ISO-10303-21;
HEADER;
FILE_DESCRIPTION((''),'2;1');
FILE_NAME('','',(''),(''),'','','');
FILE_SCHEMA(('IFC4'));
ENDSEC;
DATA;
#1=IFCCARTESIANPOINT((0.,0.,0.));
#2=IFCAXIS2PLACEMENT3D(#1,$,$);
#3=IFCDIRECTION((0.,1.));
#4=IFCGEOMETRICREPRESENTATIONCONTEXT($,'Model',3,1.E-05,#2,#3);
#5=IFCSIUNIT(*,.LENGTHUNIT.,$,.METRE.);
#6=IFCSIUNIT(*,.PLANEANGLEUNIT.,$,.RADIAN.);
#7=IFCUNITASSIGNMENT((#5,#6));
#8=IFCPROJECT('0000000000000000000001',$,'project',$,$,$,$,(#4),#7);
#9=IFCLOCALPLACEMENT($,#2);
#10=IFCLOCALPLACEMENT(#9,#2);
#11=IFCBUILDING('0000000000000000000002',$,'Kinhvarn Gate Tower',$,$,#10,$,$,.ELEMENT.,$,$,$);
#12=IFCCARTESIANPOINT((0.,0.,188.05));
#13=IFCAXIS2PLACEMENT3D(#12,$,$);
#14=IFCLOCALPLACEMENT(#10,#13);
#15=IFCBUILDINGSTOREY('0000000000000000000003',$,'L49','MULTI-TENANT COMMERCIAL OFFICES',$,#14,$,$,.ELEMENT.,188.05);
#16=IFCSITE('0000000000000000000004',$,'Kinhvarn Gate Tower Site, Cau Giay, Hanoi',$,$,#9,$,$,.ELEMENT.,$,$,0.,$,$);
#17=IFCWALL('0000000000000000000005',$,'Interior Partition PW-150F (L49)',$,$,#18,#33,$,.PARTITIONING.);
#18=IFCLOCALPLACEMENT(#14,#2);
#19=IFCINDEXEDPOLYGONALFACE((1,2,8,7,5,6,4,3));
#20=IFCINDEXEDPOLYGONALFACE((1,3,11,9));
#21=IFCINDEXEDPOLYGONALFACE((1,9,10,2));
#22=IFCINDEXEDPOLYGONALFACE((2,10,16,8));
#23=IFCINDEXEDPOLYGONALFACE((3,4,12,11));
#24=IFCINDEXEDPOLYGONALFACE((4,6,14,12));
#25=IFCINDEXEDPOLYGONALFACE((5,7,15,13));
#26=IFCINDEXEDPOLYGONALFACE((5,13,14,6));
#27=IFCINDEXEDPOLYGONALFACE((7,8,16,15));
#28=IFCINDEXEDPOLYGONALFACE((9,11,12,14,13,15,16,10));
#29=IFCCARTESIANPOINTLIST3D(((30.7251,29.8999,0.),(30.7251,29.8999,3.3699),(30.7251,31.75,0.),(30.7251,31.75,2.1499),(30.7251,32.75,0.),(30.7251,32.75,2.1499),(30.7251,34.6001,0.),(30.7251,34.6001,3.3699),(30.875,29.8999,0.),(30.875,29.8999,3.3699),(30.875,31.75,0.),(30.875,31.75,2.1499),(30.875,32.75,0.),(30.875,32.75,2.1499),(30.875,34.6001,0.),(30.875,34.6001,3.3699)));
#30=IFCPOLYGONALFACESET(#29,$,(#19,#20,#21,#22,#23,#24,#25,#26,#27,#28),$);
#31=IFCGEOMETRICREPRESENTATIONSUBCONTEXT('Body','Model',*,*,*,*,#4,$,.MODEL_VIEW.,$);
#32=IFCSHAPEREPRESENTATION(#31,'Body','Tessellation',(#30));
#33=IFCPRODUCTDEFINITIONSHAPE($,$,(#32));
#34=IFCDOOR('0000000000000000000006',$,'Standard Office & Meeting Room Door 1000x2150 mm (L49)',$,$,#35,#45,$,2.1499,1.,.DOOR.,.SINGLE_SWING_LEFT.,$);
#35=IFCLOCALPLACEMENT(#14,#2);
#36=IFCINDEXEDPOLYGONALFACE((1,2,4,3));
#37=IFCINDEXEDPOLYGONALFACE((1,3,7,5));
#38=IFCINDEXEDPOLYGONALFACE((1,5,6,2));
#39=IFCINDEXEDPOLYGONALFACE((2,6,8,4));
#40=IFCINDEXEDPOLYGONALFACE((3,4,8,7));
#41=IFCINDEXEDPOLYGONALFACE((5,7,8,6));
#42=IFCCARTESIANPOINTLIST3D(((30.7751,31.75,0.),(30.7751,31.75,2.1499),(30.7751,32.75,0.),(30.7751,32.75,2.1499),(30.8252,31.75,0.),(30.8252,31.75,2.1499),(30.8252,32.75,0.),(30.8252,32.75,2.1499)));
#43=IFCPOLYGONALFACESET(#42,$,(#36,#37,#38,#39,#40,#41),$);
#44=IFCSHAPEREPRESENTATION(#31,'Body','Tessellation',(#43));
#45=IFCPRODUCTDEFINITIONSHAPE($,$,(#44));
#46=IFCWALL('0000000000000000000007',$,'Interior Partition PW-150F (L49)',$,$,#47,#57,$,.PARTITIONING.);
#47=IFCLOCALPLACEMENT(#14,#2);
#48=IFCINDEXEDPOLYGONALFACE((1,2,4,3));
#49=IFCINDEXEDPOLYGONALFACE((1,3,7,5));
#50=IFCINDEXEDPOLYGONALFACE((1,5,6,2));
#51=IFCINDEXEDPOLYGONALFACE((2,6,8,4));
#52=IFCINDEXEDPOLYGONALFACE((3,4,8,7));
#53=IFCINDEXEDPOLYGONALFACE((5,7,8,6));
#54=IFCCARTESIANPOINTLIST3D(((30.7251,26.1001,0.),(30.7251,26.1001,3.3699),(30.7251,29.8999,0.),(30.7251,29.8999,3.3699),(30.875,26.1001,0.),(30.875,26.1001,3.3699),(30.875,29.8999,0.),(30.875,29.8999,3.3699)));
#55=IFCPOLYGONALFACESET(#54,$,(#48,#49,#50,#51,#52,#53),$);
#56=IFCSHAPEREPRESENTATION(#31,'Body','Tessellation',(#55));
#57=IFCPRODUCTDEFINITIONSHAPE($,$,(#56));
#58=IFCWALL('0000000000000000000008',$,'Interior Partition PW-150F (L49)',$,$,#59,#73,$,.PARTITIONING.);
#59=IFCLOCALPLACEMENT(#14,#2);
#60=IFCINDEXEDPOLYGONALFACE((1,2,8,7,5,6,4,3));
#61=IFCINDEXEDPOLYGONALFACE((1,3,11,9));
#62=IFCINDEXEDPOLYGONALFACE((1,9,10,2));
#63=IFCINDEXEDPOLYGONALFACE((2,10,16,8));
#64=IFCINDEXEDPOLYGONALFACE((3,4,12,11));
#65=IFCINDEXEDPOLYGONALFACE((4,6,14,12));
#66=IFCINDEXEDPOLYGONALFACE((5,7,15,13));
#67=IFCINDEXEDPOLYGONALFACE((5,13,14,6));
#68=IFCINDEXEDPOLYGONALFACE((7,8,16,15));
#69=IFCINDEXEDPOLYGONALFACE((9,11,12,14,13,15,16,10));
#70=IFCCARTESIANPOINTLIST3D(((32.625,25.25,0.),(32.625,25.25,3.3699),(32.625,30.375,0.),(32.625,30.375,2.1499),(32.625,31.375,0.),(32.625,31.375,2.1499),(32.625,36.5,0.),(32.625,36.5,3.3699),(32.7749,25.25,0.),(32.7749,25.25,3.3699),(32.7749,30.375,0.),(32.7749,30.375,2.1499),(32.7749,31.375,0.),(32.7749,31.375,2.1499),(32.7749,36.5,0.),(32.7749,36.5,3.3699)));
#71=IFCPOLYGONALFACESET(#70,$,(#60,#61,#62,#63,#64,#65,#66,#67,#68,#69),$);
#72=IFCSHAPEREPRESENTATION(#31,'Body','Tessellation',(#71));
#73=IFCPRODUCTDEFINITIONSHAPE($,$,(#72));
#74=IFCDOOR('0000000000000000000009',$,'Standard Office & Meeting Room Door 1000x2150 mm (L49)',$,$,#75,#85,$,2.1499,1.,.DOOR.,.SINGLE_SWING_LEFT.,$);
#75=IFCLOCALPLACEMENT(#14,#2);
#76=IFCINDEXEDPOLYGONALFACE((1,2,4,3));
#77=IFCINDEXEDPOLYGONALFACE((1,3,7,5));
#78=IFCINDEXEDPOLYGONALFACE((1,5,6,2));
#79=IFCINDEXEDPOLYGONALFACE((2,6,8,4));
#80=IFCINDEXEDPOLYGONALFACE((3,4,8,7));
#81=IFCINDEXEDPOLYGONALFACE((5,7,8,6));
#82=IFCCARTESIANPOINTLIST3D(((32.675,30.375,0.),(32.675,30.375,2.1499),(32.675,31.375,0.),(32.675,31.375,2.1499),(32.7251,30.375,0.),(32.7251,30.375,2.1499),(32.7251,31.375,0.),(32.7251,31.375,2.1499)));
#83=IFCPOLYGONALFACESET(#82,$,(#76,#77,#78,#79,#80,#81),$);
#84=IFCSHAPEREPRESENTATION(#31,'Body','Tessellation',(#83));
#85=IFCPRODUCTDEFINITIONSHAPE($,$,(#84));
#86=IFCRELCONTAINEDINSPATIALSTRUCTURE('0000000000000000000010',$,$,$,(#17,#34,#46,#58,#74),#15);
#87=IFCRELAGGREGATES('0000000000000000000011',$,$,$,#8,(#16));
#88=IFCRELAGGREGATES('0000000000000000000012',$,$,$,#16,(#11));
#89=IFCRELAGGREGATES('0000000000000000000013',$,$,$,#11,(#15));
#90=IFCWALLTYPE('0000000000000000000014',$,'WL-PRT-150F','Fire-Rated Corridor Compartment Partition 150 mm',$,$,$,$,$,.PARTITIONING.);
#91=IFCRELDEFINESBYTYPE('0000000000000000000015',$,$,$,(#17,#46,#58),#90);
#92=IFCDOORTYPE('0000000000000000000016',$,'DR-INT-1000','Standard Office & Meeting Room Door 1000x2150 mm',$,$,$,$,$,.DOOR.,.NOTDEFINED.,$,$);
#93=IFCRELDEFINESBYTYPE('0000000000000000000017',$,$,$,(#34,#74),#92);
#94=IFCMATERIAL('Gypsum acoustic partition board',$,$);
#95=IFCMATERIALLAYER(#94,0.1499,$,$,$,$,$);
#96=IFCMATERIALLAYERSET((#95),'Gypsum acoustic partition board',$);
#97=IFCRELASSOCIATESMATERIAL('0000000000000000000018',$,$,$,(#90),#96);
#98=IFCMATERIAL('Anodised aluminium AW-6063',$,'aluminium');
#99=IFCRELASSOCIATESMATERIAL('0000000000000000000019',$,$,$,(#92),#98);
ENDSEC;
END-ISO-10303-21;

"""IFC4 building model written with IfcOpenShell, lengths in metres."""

from ifc_helpers import new_model, si_unit, direction, frame, frame_2d, origin, place, context, subcontext, project, spatial, rectangle, extrude, material, layer, layer_set, type_object, element, fill, save


model = new_model("IFC4")

# Units and contexts
model_context = context("Model", 3, precision=1e-05, world=origin(), true_north=direction((0.0, 1.0)))
body_context = subcontext(model_context, "Body", "Model", "MODEL_VIEW")
ifc_project = project(units=[si_unit("LENGTHUNIT", "METRE"), si_unit("PLANEANGLEUNIT", "RADIAN")], contexts=[model_context])

# Site, building, storey
site_placement = place(None, origin())
site = spatial("IfcSite", under=ifc_project, at=site_placement, Name="Kinhvarn Gate Tower Site, Cau Giay, Hanoi", CompositionType="ELEMENT", RefElevation=0.0)
building_placement = place(site_placement, origin())
building = spatial("IfcBuilding", under=site, at=building_placement, Name="Kinhvarn Gate Tower", CompositionType="ELEMENT")
storey_placement = place(building_placement, frame((0.0, 0.0, 188.05)))
storey = spatial("IfcBuildingStorey", under=building, at=storey_placement, Name="L49", Description="MULTI-TENANT COMMERCIAL OFFICES", CompositionType="ELEMENT", Elevation=188.05)

# Shared definitions
ifc_material_1 = material(Name="Gypsum acoustic partition board")

# Wall, opening, door
ifc_layer_1 = layer(ifc_material_1, 0.1499)
ifc_layer_set_1 = layer_set([ifc_layer_1], Name="Gypsum acoustic partition board")
wall_type_1 = type_object("IfcWallType", Name="WL-PRT-150F", Description="Fire-Rated Corridor Compartment Partition 150 mm", PredefinedType="PARTITIONING", material=ifc_layer_set_1)
wall_1_placement = place(storey_placement, frame((30.8, 29.8999, 0.0), z_axis=(0.0, 0.0, 1.0), x_axis=(0.0, 1.0, 0.0)))
wall_1 = element("IfcWall", 1, at=wall_1_placement, inside=storey, type_object=wall_type_1, Name="Interior Partition PW-150F (L49)", PredefinedType="PARTITIONING", context=body_context, shape_type="SweptSolid", body=[
    extrude(rectangle(XDim=4.7002, YDim=0.1499, at=frame_2d((2.3501, 0.0))), origin(), (0.0, 0.0, 1.0), 3.3699),
])
opening_1_placement = place(wall_1_placement, frame((1.8501, 0.0, 0.0)))
opening_1 = element("IfcOpeningElement", 2, at=opening_1_placement, cuts=wall_1, PredefinedType="OPENING", context=body_context, shape_type="SweptSolid", body=[
    extrude(rectangle(XDim=1.0, YDim=2.1499, at=frame_2d((0.5, 1.075))), frame((0.0, 0.085, 0.0), z_axis=(0.0, -1.0, 0.0), x_axis=(1.0, 0.0, 0.0)), (0.0, 0.0, 1.0), 0.1699),
])
ifc_material_2 = material(Name="Anodised aluminium AW-6063", Category="aluminium")
door_type = type_object("IfcDoorType", Name="DR-INT-1000", Description="Standard Office & Meeting Room Door 1000x2150 mm", OperationType="NOTDEFINED", PredefinedType="DOOR", material=ifc_material_2)
door_1_placement = place(opening_1_placement, origin())
door_1 = element("IfcDoor", 3, at=door_1_placement, inside=storey, type_object=door_type, Name="Standard Office & Meeting Room Door 1000x2150 mm (L49)", OperationType="SINGLE_SWING_LEFT", OverallHeight=2.1499, OverallWidth=1.0, PredefinedType="DOOR", context=body_context, shape_type="SweptSolid", body=[
    extrude(rectangle(XDim=1.0, YDim=2.1499, at=frame_2d((0.5, 1.075))), frame((0.0, 0.0249, 0.0), z_axis=(0.0, -1.0, 0.0), x_axis=(1.0, 0.0, 0.0)), (0.0, 0.0, 1.0), 0.05),
])
fill(opening_1, door_1)

# Wall
wall_2_placement = place(storey_placement, frame((30.8, 26.1001, 0.0), z_axis=(0.0, 0.0, 1.0), x_axis=(0.0, 1.0, 0.0)))
element("IfcWall", 4, at=wall_2_placement, inside=storey, type_object=wall_type_1, Name="Interior Partition PW-150F (L49)", PredefinedType="PARTITIONING", context=body_context, shape_type="SweptSolid", body=[
    extrude(rectangle(XDim=3.7998, YDim=0.1499, at=frame_2d((1.8999, 0.0))), origin(), (0.0, 0.0, 1.0), 3.3699),
])

# Wall, opening, door
wall_3_placement = place(storey_placement, frame((32.7, 25.25, 0.0), z_axis=(0.0, 0.0, 1.0), x_axis=(0.0, 1.0, 0.0)))
wall_3 = element("IfcWall", 5, at=wall_3_placement, inside=storey, type_object=wall_type_1, Name="Interior Partition PW-150F (L49)", PredefinedType="PARTITIONING", context=body_context, shape_type="SweptSolid", body=[
    extrude(rectangle(XDim=11.25, YDim=0.1499, at=frame_2d((5.625, 0.0))), origin(), (0.0, 0.0, 1.0), 3.3699),
])
opening_2_placement = place(wall_3_placement, frame((5.125, 0.0, 0.0)))
opening_2 = element("IfcOpeningElement", 6, at=opening_2_placement, cuts=wall_3, PredefinedType="OPENING", context=body_context, shape_type="SweptSolid", body=[
    extrude(rectangle(XDim=1.0, YDim=2.1499, at=frame_2d((0.5, 1.075))), frame((0.0, 0.085, 0.0), z_axis=(0.0, -1.0, 0.0), x_axis=(1.0, 0.0, 0.0)), (0.0, 0.0, 1.0), 0.1699),
])
door_2_placement = place(opening_2_placement, origin())
door_2 = element("IfcDoor", 7, at=door_2_placement, inside=storey, type_object=door_type, Name="Standard Office & Meeting Room Door 1000x2150 mm (L49)", OperationType="SINGLE_SWING_LEFT", OverallHeight=2.1499, OverallWidth=1.0, PredefinedType="DOOR", context=body_context, shape_type="SweptSolid", body=[
    extrude(rectangle(XDim=1.0, YDim=2.1499, at=frame_2d((0.5, 1.075))), frame((0.0, 0.0249, 0.0), z_axis=(0.0, -1.0, 0.0), x_axis=(1.0, 0.0, 0.0)), (0.0, 0.0, 1.0), 0.05),
])
fill(opening_2, door_2)

save(model, "model.ifc")
